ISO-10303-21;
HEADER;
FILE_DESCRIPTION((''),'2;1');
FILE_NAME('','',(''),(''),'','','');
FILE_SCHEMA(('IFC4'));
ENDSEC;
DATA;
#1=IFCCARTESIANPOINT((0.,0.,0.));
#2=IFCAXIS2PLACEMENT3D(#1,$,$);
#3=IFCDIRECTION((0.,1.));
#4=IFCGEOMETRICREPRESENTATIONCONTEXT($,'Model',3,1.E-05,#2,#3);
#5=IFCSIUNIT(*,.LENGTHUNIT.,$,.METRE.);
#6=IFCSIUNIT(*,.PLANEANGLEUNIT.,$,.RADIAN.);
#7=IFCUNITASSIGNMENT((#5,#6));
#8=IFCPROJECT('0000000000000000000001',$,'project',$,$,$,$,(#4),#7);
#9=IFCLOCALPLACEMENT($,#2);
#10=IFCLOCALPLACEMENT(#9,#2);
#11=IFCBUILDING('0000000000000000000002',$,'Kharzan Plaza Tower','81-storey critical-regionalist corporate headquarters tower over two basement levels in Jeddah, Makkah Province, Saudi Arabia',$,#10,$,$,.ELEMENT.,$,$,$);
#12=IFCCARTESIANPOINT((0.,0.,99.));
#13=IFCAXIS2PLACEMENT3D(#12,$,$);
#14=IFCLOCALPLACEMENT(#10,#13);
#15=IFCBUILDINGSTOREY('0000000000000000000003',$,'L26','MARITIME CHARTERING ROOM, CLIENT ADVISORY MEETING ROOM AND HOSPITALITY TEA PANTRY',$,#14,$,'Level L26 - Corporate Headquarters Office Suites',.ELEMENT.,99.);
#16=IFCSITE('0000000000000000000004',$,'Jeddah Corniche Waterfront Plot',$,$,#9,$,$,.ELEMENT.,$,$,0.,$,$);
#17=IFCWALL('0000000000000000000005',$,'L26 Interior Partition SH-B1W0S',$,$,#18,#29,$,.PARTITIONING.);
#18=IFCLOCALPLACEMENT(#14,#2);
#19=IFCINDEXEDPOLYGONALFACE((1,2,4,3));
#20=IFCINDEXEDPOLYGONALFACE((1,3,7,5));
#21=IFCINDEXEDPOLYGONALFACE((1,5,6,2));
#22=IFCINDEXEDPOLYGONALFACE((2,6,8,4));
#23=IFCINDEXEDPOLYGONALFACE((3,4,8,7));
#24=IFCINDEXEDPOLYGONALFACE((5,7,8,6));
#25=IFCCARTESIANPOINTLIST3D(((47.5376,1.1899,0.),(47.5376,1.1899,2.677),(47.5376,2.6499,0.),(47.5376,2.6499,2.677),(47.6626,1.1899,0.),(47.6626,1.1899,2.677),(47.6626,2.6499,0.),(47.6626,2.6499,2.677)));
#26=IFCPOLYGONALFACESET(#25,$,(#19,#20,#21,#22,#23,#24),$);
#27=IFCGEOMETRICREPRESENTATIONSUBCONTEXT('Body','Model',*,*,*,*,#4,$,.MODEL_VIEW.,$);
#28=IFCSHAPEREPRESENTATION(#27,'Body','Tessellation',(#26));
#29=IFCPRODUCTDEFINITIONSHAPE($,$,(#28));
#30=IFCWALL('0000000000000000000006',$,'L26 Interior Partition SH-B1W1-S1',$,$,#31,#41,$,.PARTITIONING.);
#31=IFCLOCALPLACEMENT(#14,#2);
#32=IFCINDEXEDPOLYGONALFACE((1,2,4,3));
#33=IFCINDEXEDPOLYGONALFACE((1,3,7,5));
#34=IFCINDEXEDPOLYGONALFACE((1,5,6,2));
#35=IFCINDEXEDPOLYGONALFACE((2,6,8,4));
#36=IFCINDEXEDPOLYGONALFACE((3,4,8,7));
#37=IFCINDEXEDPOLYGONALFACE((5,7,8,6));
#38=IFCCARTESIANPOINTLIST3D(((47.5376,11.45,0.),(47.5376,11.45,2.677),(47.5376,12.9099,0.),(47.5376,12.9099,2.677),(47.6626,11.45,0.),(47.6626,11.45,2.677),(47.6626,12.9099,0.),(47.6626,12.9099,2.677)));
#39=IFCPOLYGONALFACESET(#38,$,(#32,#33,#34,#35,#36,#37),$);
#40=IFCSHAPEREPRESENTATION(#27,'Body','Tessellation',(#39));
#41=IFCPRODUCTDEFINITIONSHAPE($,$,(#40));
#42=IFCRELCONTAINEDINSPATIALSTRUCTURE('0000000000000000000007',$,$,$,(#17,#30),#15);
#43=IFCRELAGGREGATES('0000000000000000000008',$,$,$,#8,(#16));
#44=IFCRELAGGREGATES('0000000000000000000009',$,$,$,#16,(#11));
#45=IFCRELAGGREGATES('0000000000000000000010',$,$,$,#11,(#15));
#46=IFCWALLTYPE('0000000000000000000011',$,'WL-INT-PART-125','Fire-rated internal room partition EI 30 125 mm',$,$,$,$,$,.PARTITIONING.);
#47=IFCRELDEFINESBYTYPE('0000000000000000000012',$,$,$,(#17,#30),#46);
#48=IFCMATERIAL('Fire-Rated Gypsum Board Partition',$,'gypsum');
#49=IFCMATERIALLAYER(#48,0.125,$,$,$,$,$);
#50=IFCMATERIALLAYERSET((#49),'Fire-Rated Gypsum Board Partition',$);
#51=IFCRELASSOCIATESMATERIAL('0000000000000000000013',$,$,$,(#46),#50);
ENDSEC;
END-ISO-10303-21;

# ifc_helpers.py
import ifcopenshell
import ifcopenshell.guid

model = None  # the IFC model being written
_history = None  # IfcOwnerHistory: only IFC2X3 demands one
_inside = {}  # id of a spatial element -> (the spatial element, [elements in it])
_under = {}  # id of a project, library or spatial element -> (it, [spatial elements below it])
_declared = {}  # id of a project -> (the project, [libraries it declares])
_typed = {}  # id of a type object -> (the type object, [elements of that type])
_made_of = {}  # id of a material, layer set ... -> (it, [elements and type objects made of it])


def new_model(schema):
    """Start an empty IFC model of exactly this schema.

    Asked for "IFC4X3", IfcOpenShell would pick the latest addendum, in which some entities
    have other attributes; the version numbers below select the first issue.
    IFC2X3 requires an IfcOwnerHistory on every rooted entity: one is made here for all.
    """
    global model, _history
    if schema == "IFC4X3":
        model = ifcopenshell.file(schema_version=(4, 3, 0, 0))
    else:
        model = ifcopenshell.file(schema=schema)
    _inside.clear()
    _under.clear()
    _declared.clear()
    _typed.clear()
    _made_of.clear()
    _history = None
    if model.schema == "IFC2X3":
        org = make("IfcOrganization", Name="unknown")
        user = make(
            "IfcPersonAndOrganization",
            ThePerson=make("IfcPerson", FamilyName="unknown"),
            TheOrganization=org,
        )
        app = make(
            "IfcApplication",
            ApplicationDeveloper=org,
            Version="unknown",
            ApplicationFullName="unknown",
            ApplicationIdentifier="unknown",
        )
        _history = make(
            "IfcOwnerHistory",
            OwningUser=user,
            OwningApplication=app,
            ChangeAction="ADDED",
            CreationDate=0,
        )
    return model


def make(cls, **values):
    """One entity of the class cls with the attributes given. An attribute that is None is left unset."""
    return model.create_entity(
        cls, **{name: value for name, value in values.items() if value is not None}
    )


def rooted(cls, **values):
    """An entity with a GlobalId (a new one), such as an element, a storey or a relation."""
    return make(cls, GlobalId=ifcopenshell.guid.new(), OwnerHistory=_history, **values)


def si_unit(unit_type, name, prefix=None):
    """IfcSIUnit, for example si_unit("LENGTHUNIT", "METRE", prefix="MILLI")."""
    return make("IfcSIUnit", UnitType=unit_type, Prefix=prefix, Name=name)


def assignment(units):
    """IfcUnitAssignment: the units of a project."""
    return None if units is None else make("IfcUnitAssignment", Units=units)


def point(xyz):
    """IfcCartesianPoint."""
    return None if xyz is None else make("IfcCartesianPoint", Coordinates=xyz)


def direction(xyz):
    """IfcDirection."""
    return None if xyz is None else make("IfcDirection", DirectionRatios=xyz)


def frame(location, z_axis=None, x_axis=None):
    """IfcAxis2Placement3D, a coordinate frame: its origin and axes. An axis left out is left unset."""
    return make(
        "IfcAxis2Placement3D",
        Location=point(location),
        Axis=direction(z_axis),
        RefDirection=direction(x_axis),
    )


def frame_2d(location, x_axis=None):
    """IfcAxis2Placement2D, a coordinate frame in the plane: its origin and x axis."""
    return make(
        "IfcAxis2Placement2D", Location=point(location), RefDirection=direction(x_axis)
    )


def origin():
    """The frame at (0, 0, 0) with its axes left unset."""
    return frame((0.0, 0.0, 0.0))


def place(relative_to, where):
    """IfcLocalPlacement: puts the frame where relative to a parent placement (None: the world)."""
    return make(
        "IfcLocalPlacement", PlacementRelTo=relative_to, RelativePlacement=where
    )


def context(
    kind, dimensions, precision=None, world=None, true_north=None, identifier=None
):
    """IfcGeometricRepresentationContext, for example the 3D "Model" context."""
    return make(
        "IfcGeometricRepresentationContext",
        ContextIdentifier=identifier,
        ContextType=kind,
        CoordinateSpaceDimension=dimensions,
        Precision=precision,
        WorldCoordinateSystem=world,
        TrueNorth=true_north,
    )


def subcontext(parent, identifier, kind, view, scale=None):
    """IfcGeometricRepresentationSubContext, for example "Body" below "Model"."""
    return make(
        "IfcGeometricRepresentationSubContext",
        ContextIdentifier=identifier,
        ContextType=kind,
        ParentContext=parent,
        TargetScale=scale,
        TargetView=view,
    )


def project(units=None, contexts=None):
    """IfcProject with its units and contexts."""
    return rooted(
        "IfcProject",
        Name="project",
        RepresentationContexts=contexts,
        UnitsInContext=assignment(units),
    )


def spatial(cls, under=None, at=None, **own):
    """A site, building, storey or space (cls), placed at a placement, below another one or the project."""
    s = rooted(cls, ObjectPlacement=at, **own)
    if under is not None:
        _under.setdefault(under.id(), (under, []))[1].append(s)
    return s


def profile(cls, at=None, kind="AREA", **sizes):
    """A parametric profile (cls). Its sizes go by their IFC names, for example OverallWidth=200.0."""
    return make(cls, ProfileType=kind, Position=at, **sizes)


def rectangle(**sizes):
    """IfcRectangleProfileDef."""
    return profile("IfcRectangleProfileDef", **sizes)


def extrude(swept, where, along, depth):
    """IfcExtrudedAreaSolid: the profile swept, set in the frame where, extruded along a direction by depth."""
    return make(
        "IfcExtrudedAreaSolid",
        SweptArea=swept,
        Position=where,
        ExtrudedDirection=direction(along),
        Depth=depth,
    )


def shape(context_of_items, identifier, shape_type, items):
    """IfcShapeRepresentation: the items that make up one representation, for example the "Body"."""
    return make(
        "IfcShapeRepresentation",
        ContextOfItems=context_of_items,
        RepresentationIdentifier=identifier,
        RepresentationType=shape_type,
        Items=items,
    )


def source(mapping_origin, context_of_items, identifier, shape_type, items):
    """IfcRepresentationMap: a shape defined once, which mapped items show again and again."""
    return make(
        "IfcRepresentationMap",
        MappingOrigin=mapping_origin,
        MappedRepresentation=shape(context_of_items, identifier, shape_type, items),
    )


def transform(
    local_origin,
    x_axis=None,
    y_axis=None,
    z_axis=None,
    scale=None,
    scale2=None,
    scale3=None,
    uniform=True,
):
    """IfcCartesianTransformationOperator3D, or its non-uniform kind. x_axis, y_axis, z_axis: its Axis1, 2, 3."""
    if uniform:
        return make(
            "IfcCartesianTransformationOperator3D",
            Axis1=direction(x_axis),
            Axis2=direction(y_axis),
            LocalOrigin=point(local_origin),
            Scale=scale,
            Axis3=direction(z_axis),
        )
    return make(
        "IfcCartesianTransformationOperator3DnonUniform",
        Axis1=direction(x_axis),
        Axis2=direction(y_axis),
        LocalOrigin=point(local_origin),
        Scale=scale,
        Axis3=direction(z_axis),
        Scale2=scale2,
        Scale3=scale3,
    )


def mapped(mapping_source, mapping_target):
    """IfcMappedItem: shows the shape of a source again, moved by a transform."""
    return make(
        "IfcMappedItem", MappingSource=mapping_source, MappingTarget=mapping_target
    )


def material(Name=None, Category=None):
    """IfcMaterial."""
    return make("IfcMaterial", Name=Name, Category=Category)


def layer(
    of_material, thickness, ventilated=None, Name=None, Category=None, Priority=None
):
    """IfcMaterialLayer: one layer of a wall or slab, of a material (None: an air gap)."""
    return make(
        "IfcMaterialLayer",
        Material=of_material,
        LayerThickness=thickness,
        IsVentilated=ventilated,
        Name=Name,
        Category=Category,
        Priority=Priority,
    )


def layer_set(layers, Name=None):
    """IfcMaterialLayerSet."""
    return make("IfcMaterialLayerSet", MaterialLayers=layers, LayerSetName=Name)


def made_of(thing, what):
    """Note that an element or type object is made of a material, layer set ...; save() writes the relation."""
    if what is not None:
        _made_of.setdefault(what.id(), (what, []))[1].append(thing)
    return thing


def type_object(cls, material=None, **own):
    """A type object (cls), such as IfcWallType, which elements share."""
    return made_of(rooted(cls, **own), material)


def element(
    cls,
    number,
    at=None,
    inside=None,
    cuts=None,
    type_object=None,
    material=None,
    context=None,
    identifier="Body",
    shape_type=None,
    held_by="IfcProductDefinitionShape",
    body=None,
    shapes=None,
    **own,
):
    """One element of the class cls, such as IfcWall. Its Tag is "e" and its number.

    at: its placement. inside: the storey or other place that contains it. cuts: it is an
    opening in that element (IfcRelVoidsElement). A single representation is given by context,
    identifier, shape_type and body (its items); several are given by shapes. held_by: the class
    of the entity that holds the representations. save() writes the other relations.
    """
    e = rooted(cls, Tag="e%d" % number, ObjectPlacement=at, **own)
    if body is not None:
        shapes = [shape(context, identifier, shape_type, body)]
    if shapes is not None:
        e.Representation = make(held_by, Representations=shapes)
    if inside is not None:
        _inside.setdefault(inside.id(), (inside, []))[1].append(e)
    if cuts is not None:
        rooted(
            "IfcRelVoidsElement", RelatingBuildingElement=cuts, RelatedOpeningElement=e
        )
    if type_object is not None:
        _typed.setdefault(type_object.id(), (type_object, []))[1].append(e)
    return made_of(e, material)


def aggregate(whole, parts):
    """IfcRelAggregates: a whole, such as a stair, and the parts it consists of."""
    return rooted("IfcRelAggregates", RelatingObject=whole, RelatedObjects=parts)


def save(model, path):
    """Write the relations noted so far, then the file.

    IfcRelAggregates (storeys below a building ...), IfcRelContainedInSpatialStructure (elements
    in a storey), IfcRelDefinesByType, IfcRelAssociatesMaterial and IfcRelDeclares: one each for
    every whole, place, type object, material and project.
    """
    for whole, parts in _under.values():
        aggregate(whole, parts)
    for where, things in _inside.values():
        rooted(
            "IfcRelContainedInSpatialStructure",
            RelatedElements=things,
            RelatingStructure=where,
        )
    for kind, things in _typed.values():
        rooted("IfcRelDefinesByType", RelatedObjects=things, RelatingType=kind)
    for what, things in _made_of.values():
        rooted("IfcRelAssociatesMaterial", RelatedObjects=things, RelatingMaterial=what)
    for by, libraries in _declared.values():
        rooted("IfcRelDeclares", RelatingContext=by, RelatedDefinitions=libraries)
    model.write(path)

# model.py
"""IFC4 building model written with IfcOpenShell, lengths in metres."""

from ifc_helpers import new_model, si_unit, direction, frame, frame_2d, origin, place, context, subcontext, project, spatial, rectangle, extrude, source, transform, mapped, material, layer, layer_set, type_object, element, save


model = new_model("IFC4")

# Units and contexts
model_context = context("Model", 3, precision=1e-05, world=origin(), true_north=direction((0.0, 1.0)))
body_context = subcontext(model_context, "Body", "Model", "MODEL_VIEW")
ifc_project = project(units=[si_unit("LENGTHUNIT", "METRE"), si_unit("PLANEANGLEUNIT", "RADIAN")], contexts=[model_context])

# Site, building, storey
site_placement = place(None, origin())
site = spatial("IfcSite", under=ifc_project, at=site_placement, Name="Jeddah Corniche Waterfront Plot", CompositionType="ELEMENT", RefElevation=0.0)
building_placement = place(site_placement, origin())
building = spatial("IfcBuilding", under=site, at=building_placement, Name="Kharzan Plaza Tower", Description="81-storey critical-regionalist corporate headquarters tower over two basement levels in Jeddah, Makkah Province, Saudi Arabia", CompositionType="ELEMENT")
storey_placement = place(building_placement, frame((0.0, 0.0, 99.0)))
storey = spatial("IfcBuildingStorey", under=building, at=storey_placement, Name="L26", Description="MARITIME CHARTERING ROOM, CLIENT ADVISORY MEETING ROOM AND HOSPITALITY TEA PANTRY", LongName="Level L26 - Corporate Headquarters Office Suites", CompositionType="ELEMENT", Elevation=99.0)

# Shared definitions
ifc_material_1 = material(Name="Fire-Rated Gypsum Board Partition", Category="gypsum")
ifc_layer_1 = layer(ifc_material_1, 0.125)
ifc_layer_set_1 = layer_set([ifc_layer_1], Name="Fire-Rated Gypsum Board Partition")
wall_type_1 = type_object("IfcWallType", Name="WL-INT-PART-125", Description="Fire-rated internal room partition EI 30 125 mm", PredefinedType="PARTITIONING", material=ifc_layer_set_1)

# Walls
shared_shape_1 = source(origin(), body_context, "Body", "SweptSolid", [
    extrude(rectangle(XDim=1.46, YDim=0.125, at=frame_2d((0.73, 0.0))), origin(), (0.0, 0.0, 1.0), 2.677),
])
for number, where, z_axis, x_axis, name in (
    (1, (47.6001, 1.1899, 0.0), (0.0, 0.0, 1.0), (0.0, 1.0, 0.0), "L26 Interior Partition SH-B1W0S"),
    (2, (47.6001, 11.45, 0.0), (0.0, 0.0, 1.0), (0.0, 1.0, 0.0), "L26 Interior Partition SH-B1W1-S1"),
):
    element("IfcWall", number, at=place(storey_placement, frame(where, z_axis=z_axis, x_axis=x_axis)), inside=storey, type_object=wall_type_1, Name=name, PredefinedType="PARTITIONING", context=body_context, shape_type="MappedRepresentation", body=[
        mapped(shared_shape_1, transform((0.0, 0.0, 0.0), x_axis=(1.0, 0.0, 0.0), y_axis=(0.0, 1.0, 0.0), z_axis=(0.0, 0.0, 1.0))),
    ])

save(model, "model.ifc")
